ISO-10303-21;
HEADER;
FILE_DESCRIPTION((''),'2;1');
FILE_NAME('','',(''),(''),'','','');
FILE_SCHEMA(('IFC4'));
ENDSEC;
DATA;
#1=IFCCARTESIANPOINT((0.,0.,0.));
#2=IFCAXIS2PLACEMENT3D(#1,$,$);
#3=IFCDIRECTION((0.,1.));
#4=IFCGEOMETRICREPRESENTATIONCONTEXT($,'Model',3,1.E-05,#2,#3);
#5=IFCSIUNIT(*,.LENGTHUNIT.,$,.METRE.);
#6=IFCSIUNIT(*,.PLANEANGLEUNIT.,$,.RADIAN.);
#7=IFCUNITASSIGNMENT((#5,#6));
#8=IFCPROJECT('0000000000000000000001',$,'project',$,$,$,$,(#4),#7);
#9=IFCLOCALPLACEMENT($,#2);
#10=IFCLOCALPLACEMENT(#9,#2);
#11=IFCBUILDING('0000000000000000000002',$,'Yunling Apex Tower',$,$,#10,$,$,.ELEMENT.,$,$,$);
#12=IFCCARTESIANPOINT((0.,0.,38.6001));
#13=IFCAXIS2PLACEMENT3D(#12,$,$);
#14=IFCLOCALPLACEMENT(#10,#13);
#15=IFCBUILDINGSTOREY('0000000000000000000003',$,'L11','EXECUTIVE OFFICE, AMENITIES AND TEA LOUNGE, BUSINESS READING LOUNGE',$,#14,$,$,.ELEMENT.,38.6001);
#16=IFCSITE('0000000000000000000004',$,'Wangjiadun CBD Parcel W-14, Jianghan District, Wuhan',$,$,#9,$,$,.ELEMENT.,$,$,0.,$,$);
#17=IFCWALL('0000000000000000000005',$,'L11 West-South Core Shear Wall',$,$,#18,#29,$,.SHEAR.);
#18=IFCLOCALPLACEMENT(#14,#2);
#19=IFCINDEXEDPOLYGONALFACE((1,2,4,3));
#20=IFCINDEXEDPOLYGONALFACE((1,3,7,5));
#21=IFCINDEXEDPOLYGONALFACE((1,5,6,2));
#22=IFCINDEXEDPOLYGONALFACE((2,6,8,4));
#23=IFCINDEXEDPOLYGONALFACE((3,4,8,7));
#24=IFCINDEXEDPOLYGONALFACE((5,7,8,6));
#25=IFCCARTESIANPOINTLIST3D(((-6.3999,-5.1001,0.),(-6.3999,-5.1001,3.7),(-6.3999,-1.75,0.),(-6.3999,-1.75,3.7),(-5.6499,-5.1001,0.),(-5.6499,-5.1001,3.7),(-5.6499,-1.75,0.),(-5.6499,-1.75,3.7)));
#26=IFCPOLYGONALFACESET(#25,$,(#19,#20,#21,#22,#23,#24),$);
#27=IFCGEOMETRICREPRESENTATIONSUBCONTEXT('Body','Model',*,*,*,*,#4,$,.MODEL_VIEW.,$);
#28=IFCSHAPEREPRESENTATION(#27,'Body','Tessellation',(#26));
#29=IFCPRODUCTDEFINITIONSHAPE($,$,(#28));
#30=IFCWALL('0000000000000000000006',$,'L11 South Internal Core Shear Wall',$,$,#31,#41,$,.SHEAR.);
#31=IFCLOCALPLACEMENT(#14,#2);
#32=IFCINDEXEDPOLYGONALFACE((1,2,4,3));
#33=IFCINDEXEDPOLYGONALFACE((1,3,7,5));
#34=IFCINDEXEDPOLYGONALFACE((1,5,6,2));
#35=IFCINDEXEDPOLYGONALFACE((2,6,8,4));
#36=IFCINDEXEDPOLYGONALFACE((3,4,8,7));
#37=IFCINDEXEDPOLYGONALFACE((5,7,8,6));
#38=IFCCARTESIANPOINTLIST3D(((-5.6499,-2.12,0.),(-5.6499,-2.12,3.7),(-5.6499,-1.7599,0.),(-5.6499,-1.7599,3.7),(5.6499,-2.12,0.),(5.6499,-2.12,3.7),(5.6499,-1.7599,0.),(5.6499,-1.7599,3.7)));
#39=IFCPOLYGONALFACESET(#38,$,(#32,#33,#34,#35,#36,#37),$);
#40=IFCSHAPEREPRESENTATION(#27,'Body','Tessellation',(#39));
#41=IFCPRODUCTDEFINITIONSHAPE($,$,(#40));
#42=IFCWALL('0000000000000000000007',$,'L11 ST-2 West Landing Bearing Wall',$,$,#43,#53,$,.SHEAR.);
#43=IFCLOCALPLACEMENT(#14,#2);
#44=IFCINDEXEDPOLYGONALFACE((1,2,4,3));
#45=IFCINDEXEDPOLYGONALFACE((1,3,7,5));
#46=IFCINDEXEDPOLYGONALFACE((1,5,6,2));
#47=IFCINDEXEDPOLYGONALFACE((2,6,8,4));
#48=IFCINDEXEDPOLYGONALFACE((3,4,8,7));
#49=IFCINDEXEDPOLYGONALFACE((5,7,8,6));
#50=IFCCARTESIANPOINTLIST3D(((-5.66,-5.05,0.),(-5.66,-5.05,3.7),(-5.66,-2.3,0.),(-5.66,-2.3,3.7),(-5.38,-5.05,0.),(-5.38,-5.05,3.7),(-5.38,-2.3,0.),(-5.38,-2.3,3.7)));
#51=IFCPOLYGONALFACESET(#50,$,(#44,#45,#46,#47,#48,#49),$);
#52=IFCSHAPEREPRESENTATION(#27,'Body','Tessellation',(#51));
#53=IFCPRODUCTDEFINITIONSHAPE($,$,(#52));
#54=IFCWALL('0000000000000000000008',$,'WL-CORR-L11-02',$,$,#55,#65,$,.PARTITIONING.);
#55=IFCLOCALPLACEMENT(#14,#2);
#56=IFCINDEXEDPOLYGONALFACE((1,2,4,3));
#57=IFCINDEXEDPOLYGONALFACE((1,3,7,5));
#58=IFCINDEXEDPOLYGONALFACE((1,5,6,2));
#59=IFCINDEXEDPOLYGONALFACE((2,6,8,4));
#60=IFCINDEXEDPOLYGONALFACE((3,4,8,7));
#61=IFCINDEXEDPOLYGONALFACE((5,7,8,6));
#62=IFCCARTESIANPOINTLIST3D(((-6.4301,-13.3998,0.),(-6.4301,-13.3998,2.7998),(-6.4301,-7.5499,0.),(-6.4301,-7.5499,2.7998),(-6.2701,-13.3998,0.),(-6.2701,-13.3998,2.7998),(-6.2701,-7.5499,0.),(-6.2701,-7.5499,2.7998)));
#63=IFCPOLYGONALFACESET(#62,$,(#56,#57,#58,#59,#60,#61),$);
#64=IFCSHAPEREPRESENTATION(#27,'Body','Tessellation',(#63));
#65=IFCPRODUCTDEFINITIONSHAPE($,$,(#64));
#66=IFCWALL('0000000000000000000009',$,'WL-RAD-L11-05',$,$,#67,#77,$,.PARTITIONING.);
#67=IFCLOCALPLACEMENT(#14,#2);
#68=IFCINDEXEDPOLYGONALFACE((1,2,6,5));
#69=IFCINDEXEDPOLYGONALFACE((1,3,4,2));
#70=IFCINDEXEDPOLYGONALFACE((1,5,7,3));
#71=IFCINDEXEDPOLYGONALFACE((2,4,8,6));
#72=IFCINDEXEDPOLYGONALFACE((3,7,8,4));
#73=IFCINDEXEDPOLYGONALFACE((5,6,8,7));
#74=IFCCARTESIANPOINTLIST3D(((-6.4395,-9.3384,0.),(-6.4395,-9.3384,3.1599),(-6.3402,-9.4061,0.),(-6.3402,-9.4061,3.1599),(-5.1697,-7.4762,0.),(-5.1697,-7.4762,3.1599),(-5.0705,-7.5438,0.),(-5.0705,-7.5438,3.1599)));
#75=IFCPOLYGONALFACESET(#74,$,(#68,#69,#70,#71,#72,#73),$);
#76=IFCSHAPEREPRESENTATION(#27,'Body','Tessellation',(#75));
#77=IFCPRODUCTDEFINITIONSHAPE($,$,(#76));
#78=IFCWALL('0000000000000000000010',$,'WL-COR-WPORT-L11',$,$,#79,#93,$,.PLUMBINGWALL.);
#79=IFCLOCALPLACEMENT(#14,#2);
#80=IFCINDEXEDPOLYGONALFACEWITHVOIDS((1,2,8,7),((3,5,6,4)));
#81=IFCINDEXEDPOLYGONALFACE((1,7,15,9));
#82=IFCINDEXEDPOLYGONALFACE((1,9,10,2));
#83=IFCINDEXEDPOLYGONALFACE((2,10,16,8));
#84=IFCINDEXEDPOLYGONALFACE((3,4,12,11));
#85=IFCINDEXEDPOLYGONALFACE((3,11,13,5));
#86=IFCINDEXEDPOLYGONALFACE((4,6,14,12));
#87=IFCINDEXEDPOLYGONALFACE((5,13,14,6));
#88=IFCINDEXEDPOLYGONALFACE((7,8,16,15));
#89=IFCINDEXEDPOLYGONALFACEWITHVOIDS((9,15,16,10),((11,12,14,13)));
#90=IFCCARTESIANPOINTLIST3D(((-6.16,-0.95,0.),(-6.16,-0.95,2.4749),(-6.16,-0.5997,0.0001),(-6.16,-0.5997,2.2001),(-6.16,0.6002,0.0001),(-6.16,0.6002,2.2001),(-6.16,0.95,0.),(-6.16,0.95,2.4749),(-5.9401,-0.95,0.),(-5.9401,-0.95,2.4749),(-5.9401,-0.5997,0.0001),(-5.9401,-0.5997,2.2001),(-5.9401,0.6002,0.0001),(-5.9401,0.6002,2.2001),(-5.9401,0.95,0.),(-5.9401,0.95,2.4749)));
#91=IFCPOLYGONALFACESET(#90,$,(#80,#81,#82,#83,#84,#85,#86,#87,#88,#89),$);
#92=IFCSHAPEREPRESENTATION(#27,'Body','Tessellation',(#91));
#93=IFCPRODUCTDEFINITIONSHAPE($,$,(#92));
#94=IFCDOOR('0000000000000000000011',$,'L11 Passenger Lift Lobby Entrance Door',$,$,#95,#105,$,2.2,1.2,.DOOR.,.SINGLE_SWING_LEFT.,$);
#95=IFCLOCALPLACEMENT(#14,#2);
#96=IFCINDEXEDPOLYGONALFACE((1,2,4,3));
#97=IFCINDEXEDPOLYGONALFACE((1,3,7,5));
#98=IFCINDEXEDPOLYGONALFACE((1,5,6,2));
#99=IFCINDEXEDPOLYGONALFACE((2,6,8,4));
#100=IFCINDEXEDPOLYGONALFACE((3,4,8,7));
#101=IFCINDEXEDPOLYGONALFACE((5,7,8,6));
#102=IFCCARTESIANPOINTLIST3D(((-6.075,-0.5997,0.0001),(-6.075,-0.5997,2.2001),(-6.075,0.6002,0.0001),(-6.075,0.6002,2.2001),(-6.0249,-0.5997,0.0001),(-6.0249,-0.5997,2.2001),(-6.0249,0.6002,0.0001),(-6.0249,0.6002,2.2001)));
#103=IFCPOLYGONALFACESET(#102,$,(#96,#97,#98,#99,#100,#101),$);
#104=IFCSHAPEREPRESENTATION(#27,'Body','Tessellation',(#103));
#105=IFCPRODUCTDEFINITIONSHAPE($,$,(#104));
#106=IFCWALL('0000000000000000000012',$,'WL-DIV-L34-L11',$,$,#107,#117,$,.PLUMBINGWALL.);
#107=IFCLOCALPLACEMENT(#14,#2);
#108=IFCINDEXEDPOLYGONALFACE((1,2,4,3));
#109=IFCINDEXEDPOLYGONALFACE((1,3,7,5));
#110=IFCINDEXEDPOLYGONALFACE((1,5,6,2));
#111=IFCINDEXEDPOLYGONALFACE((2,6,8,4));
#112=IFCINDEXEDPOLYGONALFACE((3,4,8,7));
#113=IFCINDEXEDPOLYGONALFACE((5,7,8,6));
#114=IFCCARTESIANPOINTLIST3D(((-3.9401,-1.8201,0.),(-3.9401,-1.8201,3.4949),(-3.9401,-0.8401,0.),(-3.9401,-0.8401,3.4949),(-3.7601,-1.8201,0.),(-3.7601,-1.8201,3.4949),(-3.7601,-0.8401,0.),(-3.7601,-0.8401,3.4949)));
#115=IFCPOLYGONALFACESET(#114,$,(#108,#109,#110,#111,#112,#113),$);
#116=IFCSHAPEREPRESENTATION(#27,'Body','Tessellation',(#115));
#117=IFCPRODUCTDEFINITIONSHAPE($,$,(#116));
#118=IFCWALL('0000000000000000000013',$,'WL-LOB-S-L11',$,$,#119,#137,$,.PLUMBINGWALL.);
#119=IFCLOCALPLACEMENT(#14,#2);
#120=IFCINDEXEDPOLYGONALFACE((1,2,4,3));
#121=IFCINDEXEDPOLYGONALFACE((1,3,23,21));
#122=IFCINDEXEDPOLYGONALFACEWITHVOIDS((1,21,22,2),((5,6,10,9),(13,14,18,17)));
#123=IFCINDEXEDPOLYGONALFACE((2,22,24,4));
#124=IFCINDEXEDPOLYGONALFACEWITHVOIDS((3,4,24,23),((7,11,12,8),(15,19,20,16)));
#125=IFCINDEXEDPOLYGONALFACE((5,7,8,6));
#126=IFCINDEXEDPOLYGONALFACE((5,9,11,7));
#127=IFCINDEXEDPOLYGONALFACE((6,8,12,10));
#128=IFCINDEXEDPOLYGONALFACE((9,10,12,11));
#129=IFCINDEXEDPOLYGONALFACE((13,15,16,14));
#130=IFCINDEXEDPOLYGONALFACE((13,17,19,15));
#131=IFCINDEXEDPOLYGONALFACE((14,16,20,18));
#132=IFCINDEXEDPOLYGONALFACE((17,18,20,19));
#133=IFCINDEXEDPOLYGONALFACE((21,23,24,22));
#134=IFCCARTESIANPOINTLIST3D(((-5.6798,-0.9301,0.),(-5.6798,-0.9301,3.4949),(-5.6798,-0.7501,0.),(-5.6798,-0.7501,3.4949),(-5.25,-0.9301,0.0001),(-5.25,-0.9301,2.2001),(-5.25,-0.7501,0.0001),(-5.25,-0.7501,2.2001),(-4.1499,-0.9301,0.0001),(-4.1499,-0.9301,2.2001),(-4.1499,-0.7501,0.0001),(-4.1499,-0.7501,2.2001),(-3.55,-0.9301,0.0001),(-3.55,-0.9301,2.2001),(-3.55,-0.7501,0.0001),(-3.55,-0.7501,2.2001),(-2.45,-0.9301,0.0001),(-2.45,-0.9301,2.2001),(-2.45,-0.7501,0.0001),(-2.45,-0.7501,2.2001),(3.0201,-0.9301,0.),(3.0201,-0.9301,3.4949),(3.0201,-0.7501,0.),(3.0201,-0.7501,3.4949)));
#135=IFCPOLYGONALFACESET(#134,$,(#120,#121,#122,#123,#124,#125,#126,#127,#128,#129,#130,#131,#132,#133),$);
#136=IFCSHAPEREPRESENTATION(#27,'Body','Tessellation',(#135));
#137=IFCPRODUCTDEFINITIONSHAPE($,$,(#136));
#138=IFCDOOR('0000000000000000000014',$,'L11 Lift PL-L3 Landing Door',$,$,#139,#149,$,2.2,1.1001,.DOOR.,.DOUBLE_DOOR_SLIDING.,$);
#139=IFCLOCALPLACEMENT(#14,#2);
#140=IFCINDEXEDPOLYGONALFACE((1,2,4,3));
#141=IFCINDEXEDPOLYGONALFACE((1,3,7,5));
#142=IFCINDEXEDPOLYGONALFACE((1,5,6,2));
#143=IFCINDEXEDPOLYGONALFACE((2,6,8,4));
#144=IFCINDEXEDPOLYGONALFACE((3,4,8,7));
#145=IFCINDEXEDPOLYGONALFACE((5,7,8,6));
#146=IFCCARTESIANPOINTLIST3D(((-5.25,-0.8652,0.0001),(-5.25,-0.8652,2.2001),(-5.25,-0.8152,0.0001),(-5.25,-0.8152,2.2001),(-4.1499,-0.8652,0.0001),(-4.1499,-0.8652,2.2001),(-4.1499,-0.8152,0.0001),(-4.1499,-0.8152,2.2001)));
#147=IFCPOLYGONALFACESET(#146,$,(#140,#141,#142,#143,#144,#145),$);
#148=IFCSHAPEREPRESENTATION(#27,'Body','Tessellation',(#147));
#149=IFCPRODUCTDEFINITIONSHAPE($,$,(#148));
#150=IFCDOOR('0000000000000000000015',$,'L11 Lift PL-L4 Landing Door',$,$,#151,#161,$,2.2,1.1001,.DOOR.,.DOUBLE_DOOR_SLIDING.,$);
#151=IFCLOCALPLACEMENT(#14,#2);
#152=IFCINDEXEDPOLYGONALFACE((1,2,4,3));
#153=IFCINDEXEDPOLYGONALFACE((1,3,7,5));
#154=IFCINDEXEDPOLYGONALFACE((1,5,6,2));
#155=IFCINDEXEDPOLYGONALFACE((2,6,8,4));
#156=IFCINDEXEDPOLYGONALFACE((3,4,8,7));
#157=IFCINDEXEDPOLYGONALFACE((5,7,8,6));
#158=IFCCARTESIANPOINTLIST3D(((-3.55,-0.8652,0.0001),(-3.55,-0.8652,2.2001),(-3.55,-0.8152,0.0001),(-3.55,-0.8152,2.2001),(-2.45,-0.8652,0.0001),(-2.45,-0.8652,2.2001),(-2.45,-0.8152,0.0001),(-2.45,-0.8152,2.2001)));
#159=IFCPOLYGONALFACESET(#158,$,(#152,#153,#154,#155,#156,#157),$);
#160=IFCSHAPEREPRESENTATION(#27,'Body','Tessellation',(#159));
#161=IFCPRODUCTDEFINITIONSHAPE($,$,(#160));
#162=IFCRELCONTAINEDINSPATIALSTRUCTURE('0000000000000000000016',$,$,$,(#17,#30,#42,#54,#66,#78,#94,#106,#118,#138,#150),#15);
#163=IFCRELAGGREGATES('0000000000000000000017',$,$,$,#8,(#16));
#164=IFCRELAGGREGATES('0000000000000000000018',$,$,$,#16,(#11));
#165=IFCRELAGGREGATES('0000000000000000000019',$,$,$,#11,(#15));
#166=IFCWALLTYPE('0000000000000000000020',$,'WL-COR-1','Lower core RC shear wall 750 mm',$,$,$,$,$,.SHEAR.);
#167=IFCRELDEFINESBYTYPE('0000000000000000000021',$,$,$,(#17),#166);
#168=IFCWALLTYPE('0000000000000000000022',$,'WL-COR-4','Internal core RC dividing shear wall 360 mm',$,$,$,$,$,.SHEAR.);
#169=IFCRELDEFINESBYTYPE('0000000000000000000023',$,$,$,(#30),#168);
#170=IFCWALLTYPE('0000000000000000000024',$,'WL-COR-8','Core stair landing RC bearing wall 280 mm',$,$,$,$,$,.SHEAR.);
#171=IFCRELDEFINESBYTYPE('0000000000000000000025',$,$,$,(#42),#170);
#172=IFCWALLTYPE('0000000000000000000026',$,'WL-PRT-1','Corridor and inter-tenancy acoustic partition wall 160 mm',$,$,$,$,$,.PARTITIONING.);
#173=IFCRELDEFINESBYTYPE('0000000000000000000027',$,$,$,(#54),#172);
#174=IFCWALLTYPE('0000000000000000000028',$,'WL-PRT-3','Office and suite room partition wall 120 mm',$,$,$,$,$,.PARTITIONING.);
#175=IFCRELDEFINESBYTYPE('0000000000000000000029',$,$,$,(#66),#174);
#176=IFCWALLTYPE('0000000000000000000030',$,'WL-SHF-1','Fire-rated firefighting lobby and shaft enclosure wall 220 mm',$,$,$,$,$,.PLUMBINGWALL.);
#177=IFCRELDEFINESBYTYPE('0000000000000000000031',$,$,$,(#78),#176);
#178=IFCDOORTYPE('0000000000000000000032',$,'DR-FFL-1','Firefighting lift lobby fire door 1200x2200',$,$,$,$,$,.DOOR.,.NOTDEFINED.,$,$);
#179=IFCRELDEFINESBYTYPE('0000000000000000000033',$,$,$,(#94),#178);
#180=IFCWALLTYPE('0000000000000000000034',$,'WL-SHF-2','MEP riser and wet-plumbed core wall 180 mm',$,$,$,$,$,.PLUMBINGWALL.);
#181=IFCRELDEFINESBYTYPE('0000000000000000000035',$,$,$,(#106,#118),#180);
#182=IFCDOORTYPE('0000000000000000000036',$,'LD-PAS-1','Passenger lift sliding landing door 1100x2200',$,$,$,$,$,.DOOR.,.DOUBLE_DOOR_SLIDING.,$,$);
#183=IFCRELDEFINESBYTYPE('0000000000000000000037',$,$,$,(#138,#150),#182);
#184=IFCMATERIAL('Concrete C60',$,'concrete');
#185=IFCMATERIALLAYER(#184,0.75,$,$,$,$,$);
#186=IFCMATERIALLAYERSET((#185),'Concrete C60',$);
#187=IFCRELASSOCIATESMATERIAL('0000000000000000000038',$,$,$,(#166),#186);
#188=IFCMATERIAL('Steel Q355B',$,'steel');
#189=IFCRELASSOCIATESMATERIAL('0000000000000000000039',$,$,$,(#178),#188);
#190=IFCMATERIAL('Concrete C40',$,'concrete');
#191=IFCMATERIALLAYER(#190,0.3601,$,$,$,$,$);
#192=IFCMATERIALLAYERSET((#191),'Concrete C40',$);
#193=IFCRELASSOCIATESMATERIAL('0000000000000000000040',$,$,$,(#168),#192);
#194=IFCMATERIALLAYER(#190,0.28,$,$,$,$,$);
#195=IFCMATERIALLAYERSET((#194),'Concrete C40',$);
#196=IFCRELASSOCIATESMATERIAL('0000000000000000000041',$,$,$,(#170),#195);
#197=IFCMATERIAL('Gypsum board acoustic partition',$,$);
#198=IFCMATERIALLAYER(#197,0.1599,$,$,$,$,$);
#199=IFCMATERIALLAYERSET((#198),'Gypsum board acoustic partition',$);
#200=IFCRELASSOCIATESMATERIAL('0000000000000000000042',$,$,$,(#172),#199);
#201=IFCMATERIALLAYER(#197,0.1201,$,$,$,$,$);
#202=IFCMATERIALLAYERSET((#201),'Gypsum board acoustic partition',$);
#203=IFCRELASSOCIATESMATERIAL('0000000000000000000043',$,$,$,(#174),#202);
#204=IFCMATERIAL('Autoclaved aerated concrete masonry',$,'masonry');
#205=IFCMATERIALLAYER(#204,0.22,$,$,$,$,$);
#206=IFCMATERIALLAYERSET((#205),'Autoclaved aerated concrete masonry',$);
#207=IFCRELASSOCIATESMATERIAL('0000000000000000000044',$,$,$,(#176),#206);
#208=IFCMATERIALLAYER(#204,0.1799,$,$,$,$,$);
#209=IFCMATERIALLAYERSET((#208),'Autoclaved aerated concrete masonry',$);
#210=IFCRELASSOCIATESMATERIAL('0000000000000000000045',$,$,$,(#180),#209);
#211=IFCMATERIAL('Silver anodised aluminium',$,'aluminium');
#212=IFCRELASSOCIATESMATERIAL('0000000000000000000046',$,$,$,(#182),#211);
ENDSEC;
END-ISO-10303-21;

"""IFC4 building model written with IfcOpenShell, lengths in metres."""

from ifc_helpers import new_model, si_unit, direction, frame, frame_2d, origin, place, context, subcontext, project, spatial, rectangle, extrude, material, layer, layer_set, type_object, element, fill, save


model = new_model("IFC4")

# Units and contexts
model_context = context("Model", 3, precision=1e-05, world=origin(), true_north=direction((0.0, 1.0)))
body_context = subcontext(model_context, "Body", "Model", "MODEL_VIEW")
ifc_project = project(units=[si_unit("LENGTHUNIT", "METRE"), si_unit("PLANEANGLEUNIT", "RADIAN")], contexts=[model_context])

# Site, building, storey
site_placement = place(None, origin())
site = spatial("IfcSite", under=ifc_project, at=site_placement, Name="Wangjiadun CBD Parcel W-14, Jianghan District, Wuhan", CompositionType="ELEMENT", RefElevation=0.0)
building_placement = place(site_placement, origin())
building = spatial("IfcBuilding", under=site, at=building_placement, Name="Yunling Apex Tower", CompositionType="ELEMENT")
storey_placement = place(building_placement, frame((0.0, 0.0, 38.6001)))
storey = spatial("IfcBuildingStorey", under=building, at=storey_placement, Name="L11", Description="EXECUTIVE OFFICE, AMENITIES AND TEA LOUNGE, BUSINESS READING LOUNGE", CompositionType="ELEMENT", Elevation=38.6001)

# Shared definitions
ifc_material_1 = material(Name="Concrete C60", Category="concrete")

# Shared definitions
ifc_material_2 = material(Name="Steel Q355B", Category="steel")

# Shared definitions
ifc_layer_1 = layer(ifc_material_1, 0.75)
ifc_layer_set_1 = layer_set([ifc_layer_1], Name="Concrete C60")
wall_type_1 = type_object("IfcWallType", Name="WL-COR-1", Description="Lower core RC shear wall 750 mm", PredefinedType="SHEAR", material=ifc_layer_set_1)
door_type_1 = type_object("IfcDoorType", Name="DR-FFL-1", Description="Firefighting lift lobby fire door 1200x2200", OperationType="NOTDEFINED", PredefinedType="DOOR", material=ifc_material_2)

# Walls
wall_1_placement = place(storey_placement, frame((-6.0249, -5.1001, 0.0), z_axis=(0.0, 0.0, 1.0), x_axis=(0.0, 1.0, 0.0)))
element("IfcWall", 1, at=wall_1_placement, inside=storey, type_object=wall_type_1, Name="L11 West-South Core Shear Wall", PredefinedType="SHEAR", context=body_context, shape_type="SweptSolid", body=[
    extrude(rectangle(XDim=3.3501, YDim=0.75, at=frame_2d((1.675, 0.0))), origin(), (0.0, 0.0, 1.0), 3.7),
])
ifc_material_3 = material(Name="Concrete C40", Category="concrete")
ifc_layer_2 = layer(ifc_material_3, 0.3601)
ifc_layer_set_2 = layer_set([ifc_layer_2], Name="Concrete C40")
wall_type_2 = type_object("IfcWallType", Name="WL-COR-4", Description="Internal core RC dividing shear wall 360 mm", PredefinedType="SHEAR", material=ifc_layer_set_2)
wall_2_placement = place(storey_placement, frame((-5.6499, -1.9399, 0.0), z_axis=(0.0, 0.0, 1.0), x_axis=(1.0, 0.0, 0.0)))
element("IfcWall", 2, at=wall_2_placement, inside=storey, type_object=wall_type_2, Name="L11 South Internal Core Shear Wall", PredefinedType="SHEAR", context=body_context, shape_type="SweptSolid", body=[
    extrude(rectangle(XDim=11.2998, YDim=0.3601, at=frame_2d((5.6499, 0.0))), origin(), (0.0, 0.0, 1.0), 3.7),
])
ifc_layer_3 = layer(ifc_material_3, 0.28)
ifc_layer_set_3 = layer_set([ifc_layer_3], Name="Concrete C40")
wall_type_3 = type_object("IfcWallType", Name="WL-COR-8", Description="Core stair landing RC bearing wall 280 mm", PredefinedType="SHEAR", material=ifc_layer_set_3)
wall_3_placement = place(storey_placement, frame((-5.52, -5.05, 0.0), z_axis=(0.0, 0.0, 1.0), x_axis=(0.0, 1.0, 0.0)))
element("IfcWall", 3, at=wall_3_placement, inside=storey, type_object=wall_type_3, Name="L11 ST-2 West Landing Bearing Wall", PredefinedType="SHEAR", context=body_context, shape_type="SweptSolid", body=[
    extrude(rectangle(XDim=2.75, YDim=0.28, at=frame_2d((1.375, 0.0))), origin(), (0.0, 0.0, 1.0), 3.7),
])
ifc_material_4 = material(Name="Gypsum board acoustic partition")
ifc_layer_4 = layer(ifc_material_4, 0.1599)
ifc_layer_set_4 = layer_set([ifc_layer_4], Name="Gypsum board acoustic partition")
wall_type_4 = type_object("IfcWallType", Name="WL-PRT-1", Description="Corridor and inter-tenancy acoustic partition wall 160 mm", PredefinedType="PARTITIONING", material=ifc_layer_set_4)
wall_4_placement = place(storey_placement, frame((-6.3501, -7.55, 0.0), z_axis=(0.0, 0.0, 1.0), x_axis=(0.0, -1.0, 0.0)))
element("IfcWall", 4, at=wall_4_placement, inside=storey, type_object=wall_type_4, Name="WL-CORR-L11-02", PredefinedType="PARTITIONING", context=body_context, shape_type="SweptSolid", body=[
    extrude(rectangle(XDim=5.8499, YDim=0.1599, at=frame_2d((2.9248, 0.0))), origin(), (0.0, 0.0, 1.0), 2.7998),
])
ifc_layer_5 = layer(ifc_material_4, 0.1201)
ifc_layer_set_5 = layer_set([ifc_layer_5], Name="Gypsum board acoustic partition")
wall_type_5 = type_object("IfcWallType", Name="WL-PRT-3", Description="Office and suite room partition wall 120 mm", PredefinedType="PARTITIONING", material=ifc_layer_set_5)
wall_5_placement = place(storey_placement, frame((-5.1201, -7.51, 0.0), z_axis=(0.0, 0.0, 1.0), x_axis=(-0.563344, -0.826223, 0.0)))
element("IfcWall", 5, at=wall_5_placement, inside=storey, type_object=wall_type_5, Name="WL-RAD-L11-05", PredefinedType="PARTITIONING", context=body_context, shape_type="SweptSolid", body=[
    extrude(rectangle(XDim=2.2539, YDim=0.1201, at=frame_2d((1.127, 0.0))), origin(), (0.0, 0.0, 1.0), 3.1599),
])

# Wall, opening, door
ifc_material_5 = material(Name="Autoclaved aerated concrete masonry", Category="masonry")
ifc_layer_6 = layer(ifc_material_5, 0.22)
ifc_layer_set_6 = layer_set([ifc_layer_6], Name="Autoclaved aerated concrete masonry")
wall_type_6 = type_object("IfcWallType", Name="WL-SHF-1", Description="Fire-rated firefighting lobby and shaft enclosure wall 220 mm", PredefinedType="PLUMBINGWALL", material=ifc_layer_set_6)
wall_6_placement = place(storey_placement, frame((-6.05, -0.95, 0.0), z_axis=(0.0, 0.0, 1.0), x_axis=(0.0, 1.0, 0.0)))
wall_6 = element("IfcWall", 6, at=wall_6_placement, inside=storey, type_object=wall_type_6, Name="WL-COR-WPORT-L11", PredefinedType="PLUMBINGWALL", context=body_context, shape_type="SweptSolid", body=[
    extrude(rectangle(XDim=1.8999, YDim=0.22, at=frame_2d((0.95, 0.0))), origin(), (0.0, 0.0, 1.0), 2.4749),
])
opening_1_placement = place(wall_6_placement, frame((0.3501, 0.0, 0.0)))
opening_1 = element("IfcOpeningElement", 7, at=opening_1_placement, cuts=wall_6, PredefinedType="OPENING", context=body_context, shape_type="SweptSolid", body=[
    extrude(rectangle(XDim=1.2, YDim=2.2, at=frame_2d((0.6001, 1.1001))), frame((0.0, 0.1201, 0.0), z_axis=(0.0, -1.0, 0.0), x_axis=(1.0, 0.0, 0.0)), (0.0, 0.0, 1.0), 0.24),
])
door_1_placement = place(opening_1_placement, origin())
door_1 = element("IfcDoor", 8, at=door_1_placement, inside=storey, type_object=door_type_1, Name="L11 Passenger Lift Lobby Entrance Door", OperationType="SINGLE_SWING_LEFT", OverallHeight=2.2, OverallWidth=1.2, PredefinedType="DOOR", context=body_context, shape_type="SweptSolid", body=[
    extrude(rectangle(XDim=1.2, YDim=2.2, at=frame_2d((0.6001, 1.1001))), frame((0.0, 0.0249, 0.0), z_axis=(0.0, -1.0, 0.0), x_axis=(1.0, 0.0, 0.0)), (0.0, 0.0, 1.0), 0.05),
])
fill(opening_1, door_1)

# Wall
ifc_layer_7 = layer(ifc_material_5, 0.1799)
ifc_layer_set_7 = layer_set([ifc_layer_7], Name="Autoclaved aerated concrete masonry")
wall_type_7 = type_object("IfcWallType", Name="WL-SHF-2", Description="MEP riser and wet-plumbed core wall 180 mm", PredefinedType="PLUMBINGWALL", material=ifc_layer_set_7)
wall_7_placement = place(storey_placement, frame((-3.8501, -1.8201, 0.0), z_axis=(0.0, 0.0, 1.0), x_axis=(0.0, 1.0, 0.0)))
element("IfcWall", 9, at=wall_7_placement, inside=storey, type_object=wall_type_7, Name="WL-DIV-L34-L11", PredefinedType="PLUMBINGWALL", context=body_context, shape_type="SweptSolid", body=[
    extrude(rectangle(XDim=0.98, YDim=0.1799, at=frame_2d((0.49, 0.0))), origin(), (0.0, 0.0, 1.0), 3.4949),
])

# Wall, openings, doors
wall_8_placement = place(storey_placement, frame((-5.6799, -0.8401, 0.0), z_axis=(0.0, 0.0, 1.0), x_axis=(1.0, 0.0, 0.0)))
wall_8 = element("IfcWall", 10, at=wall_8_placement, inside=storey, type_object=wall_type_7, Name="WL-LOB-S-L11", PredefinedType="PLUMBINGWALL", context=body_context, shape_type="SweptSolid", body=[
    extrude(rectangle(XDim=8.7, YDim=0.1799, at=frame_2d((4.3501, 0.0))), origin(), (0.0, 0.0, 1.0), 3.4949),
])
opening_2_placement = place(wall_8_placement, frame((0.4299, 0.0, 0.0)))
opening_2 = element("IfcOpeningElement", 11, at=opening_2_placement, cuts=wall_8, PredefinedType="OPENING", context=body_context, shape_type="SweptSolid", body=[
    extrude(rectangle(XDim=1.1001, YDim=2.2, at=frame_2d((0.55, 1.1001))), frame((0.0, 0.1001, 0.0), z_axis=(0.0, -1.0, 0.0), x_axis=(1.0, 0.0, 0.0)), (0.0, 0.0, 1.0), 0.2),
])
opening_3_placement = place(wall_8_placement, frame((2.1299, 0.0, 0.0)))
opening_3 = element("IfcOpeningElement", 12, at=opening_3_placement, cuts=wall_8, PredefinedType="OPENING", context=body_context, shape_type="SweptSolid", body=[
    extrude(rectangle(XDim=1.1001, YDim=2.2, at=frame_2d((0.55, 1.1001))), frame((0.0, 0.1001, 0.0), z_axis=(0.0, -1.0, 0.0), x_axis=(1.0, 0.0, 0.0)), (0.0, 0.0, 1.0), 0.2),
])
ifc_material_6 = material(Name="Silver anodised aluminium", Category="aluminium")
door_type_2 = type_object("IfcDoorType", Name="LD-PAS-1", Description="Passenger lift sliding landing door 1100x2200", OperationType="DOUBLE_DOOR_SLIDING", PredefinedType="DOOR", material=ifc_material_6)
door_2_placement = place(opening_2_placement, origin())
door_2 = element("IfcDoor", 13, at=door_2_placement, inside=storey, type_object=door_type_2, Name="L11 Lift PL-L3 Landing Door", OperationType="DOUBLE_DOOR_SLIDING", OverallHeight=2.2, OverallWidth=1.1001, PredefinedType="DOOR", context=body_context, shape_type="SweptSolid", body=[
    extrude(rectangle(XDim=1.1001, YDim=2.2, at=frame_2d((0.55, 1.1001))), frame((0.0, 0.0249, 0.0), z_axis=(0.0, -1.0, 0.0), x_axis=(1.0, 0.0, 0.0)), (0.0, 0.0, 1.0), 0.05),
])
fill(opening_2, door_2)
door_3_placement = place(opening_3_placement, origin())
door_3 = element("IfcDoor", 14, at=door_3_placement, inside=storey, type_object=door_type_2, Name="L11 Lift PL-L4 Landing Door", OperationType="DOUBLE_DOOR_SLIDING", OverallHeight=2.2, OverallWidth=1.1001, PredefinedType="DOOR", context=body_context, shape_type="SweptSolid", body=[
    extrude(rectangle(XDim=1.1001, YDim=2.2, at=frame_2d((0.55, 1.1001))), frame((0.0, 0.0249, 0.0), z_axis=(0.0, -1.0, 0.0), x_axis=(1.0, 0.0, 0.0)), (0.0, 0.0, 1.0), 0.05),
])
fill(opening_3, door_3)

save(model, "model.ifc")
